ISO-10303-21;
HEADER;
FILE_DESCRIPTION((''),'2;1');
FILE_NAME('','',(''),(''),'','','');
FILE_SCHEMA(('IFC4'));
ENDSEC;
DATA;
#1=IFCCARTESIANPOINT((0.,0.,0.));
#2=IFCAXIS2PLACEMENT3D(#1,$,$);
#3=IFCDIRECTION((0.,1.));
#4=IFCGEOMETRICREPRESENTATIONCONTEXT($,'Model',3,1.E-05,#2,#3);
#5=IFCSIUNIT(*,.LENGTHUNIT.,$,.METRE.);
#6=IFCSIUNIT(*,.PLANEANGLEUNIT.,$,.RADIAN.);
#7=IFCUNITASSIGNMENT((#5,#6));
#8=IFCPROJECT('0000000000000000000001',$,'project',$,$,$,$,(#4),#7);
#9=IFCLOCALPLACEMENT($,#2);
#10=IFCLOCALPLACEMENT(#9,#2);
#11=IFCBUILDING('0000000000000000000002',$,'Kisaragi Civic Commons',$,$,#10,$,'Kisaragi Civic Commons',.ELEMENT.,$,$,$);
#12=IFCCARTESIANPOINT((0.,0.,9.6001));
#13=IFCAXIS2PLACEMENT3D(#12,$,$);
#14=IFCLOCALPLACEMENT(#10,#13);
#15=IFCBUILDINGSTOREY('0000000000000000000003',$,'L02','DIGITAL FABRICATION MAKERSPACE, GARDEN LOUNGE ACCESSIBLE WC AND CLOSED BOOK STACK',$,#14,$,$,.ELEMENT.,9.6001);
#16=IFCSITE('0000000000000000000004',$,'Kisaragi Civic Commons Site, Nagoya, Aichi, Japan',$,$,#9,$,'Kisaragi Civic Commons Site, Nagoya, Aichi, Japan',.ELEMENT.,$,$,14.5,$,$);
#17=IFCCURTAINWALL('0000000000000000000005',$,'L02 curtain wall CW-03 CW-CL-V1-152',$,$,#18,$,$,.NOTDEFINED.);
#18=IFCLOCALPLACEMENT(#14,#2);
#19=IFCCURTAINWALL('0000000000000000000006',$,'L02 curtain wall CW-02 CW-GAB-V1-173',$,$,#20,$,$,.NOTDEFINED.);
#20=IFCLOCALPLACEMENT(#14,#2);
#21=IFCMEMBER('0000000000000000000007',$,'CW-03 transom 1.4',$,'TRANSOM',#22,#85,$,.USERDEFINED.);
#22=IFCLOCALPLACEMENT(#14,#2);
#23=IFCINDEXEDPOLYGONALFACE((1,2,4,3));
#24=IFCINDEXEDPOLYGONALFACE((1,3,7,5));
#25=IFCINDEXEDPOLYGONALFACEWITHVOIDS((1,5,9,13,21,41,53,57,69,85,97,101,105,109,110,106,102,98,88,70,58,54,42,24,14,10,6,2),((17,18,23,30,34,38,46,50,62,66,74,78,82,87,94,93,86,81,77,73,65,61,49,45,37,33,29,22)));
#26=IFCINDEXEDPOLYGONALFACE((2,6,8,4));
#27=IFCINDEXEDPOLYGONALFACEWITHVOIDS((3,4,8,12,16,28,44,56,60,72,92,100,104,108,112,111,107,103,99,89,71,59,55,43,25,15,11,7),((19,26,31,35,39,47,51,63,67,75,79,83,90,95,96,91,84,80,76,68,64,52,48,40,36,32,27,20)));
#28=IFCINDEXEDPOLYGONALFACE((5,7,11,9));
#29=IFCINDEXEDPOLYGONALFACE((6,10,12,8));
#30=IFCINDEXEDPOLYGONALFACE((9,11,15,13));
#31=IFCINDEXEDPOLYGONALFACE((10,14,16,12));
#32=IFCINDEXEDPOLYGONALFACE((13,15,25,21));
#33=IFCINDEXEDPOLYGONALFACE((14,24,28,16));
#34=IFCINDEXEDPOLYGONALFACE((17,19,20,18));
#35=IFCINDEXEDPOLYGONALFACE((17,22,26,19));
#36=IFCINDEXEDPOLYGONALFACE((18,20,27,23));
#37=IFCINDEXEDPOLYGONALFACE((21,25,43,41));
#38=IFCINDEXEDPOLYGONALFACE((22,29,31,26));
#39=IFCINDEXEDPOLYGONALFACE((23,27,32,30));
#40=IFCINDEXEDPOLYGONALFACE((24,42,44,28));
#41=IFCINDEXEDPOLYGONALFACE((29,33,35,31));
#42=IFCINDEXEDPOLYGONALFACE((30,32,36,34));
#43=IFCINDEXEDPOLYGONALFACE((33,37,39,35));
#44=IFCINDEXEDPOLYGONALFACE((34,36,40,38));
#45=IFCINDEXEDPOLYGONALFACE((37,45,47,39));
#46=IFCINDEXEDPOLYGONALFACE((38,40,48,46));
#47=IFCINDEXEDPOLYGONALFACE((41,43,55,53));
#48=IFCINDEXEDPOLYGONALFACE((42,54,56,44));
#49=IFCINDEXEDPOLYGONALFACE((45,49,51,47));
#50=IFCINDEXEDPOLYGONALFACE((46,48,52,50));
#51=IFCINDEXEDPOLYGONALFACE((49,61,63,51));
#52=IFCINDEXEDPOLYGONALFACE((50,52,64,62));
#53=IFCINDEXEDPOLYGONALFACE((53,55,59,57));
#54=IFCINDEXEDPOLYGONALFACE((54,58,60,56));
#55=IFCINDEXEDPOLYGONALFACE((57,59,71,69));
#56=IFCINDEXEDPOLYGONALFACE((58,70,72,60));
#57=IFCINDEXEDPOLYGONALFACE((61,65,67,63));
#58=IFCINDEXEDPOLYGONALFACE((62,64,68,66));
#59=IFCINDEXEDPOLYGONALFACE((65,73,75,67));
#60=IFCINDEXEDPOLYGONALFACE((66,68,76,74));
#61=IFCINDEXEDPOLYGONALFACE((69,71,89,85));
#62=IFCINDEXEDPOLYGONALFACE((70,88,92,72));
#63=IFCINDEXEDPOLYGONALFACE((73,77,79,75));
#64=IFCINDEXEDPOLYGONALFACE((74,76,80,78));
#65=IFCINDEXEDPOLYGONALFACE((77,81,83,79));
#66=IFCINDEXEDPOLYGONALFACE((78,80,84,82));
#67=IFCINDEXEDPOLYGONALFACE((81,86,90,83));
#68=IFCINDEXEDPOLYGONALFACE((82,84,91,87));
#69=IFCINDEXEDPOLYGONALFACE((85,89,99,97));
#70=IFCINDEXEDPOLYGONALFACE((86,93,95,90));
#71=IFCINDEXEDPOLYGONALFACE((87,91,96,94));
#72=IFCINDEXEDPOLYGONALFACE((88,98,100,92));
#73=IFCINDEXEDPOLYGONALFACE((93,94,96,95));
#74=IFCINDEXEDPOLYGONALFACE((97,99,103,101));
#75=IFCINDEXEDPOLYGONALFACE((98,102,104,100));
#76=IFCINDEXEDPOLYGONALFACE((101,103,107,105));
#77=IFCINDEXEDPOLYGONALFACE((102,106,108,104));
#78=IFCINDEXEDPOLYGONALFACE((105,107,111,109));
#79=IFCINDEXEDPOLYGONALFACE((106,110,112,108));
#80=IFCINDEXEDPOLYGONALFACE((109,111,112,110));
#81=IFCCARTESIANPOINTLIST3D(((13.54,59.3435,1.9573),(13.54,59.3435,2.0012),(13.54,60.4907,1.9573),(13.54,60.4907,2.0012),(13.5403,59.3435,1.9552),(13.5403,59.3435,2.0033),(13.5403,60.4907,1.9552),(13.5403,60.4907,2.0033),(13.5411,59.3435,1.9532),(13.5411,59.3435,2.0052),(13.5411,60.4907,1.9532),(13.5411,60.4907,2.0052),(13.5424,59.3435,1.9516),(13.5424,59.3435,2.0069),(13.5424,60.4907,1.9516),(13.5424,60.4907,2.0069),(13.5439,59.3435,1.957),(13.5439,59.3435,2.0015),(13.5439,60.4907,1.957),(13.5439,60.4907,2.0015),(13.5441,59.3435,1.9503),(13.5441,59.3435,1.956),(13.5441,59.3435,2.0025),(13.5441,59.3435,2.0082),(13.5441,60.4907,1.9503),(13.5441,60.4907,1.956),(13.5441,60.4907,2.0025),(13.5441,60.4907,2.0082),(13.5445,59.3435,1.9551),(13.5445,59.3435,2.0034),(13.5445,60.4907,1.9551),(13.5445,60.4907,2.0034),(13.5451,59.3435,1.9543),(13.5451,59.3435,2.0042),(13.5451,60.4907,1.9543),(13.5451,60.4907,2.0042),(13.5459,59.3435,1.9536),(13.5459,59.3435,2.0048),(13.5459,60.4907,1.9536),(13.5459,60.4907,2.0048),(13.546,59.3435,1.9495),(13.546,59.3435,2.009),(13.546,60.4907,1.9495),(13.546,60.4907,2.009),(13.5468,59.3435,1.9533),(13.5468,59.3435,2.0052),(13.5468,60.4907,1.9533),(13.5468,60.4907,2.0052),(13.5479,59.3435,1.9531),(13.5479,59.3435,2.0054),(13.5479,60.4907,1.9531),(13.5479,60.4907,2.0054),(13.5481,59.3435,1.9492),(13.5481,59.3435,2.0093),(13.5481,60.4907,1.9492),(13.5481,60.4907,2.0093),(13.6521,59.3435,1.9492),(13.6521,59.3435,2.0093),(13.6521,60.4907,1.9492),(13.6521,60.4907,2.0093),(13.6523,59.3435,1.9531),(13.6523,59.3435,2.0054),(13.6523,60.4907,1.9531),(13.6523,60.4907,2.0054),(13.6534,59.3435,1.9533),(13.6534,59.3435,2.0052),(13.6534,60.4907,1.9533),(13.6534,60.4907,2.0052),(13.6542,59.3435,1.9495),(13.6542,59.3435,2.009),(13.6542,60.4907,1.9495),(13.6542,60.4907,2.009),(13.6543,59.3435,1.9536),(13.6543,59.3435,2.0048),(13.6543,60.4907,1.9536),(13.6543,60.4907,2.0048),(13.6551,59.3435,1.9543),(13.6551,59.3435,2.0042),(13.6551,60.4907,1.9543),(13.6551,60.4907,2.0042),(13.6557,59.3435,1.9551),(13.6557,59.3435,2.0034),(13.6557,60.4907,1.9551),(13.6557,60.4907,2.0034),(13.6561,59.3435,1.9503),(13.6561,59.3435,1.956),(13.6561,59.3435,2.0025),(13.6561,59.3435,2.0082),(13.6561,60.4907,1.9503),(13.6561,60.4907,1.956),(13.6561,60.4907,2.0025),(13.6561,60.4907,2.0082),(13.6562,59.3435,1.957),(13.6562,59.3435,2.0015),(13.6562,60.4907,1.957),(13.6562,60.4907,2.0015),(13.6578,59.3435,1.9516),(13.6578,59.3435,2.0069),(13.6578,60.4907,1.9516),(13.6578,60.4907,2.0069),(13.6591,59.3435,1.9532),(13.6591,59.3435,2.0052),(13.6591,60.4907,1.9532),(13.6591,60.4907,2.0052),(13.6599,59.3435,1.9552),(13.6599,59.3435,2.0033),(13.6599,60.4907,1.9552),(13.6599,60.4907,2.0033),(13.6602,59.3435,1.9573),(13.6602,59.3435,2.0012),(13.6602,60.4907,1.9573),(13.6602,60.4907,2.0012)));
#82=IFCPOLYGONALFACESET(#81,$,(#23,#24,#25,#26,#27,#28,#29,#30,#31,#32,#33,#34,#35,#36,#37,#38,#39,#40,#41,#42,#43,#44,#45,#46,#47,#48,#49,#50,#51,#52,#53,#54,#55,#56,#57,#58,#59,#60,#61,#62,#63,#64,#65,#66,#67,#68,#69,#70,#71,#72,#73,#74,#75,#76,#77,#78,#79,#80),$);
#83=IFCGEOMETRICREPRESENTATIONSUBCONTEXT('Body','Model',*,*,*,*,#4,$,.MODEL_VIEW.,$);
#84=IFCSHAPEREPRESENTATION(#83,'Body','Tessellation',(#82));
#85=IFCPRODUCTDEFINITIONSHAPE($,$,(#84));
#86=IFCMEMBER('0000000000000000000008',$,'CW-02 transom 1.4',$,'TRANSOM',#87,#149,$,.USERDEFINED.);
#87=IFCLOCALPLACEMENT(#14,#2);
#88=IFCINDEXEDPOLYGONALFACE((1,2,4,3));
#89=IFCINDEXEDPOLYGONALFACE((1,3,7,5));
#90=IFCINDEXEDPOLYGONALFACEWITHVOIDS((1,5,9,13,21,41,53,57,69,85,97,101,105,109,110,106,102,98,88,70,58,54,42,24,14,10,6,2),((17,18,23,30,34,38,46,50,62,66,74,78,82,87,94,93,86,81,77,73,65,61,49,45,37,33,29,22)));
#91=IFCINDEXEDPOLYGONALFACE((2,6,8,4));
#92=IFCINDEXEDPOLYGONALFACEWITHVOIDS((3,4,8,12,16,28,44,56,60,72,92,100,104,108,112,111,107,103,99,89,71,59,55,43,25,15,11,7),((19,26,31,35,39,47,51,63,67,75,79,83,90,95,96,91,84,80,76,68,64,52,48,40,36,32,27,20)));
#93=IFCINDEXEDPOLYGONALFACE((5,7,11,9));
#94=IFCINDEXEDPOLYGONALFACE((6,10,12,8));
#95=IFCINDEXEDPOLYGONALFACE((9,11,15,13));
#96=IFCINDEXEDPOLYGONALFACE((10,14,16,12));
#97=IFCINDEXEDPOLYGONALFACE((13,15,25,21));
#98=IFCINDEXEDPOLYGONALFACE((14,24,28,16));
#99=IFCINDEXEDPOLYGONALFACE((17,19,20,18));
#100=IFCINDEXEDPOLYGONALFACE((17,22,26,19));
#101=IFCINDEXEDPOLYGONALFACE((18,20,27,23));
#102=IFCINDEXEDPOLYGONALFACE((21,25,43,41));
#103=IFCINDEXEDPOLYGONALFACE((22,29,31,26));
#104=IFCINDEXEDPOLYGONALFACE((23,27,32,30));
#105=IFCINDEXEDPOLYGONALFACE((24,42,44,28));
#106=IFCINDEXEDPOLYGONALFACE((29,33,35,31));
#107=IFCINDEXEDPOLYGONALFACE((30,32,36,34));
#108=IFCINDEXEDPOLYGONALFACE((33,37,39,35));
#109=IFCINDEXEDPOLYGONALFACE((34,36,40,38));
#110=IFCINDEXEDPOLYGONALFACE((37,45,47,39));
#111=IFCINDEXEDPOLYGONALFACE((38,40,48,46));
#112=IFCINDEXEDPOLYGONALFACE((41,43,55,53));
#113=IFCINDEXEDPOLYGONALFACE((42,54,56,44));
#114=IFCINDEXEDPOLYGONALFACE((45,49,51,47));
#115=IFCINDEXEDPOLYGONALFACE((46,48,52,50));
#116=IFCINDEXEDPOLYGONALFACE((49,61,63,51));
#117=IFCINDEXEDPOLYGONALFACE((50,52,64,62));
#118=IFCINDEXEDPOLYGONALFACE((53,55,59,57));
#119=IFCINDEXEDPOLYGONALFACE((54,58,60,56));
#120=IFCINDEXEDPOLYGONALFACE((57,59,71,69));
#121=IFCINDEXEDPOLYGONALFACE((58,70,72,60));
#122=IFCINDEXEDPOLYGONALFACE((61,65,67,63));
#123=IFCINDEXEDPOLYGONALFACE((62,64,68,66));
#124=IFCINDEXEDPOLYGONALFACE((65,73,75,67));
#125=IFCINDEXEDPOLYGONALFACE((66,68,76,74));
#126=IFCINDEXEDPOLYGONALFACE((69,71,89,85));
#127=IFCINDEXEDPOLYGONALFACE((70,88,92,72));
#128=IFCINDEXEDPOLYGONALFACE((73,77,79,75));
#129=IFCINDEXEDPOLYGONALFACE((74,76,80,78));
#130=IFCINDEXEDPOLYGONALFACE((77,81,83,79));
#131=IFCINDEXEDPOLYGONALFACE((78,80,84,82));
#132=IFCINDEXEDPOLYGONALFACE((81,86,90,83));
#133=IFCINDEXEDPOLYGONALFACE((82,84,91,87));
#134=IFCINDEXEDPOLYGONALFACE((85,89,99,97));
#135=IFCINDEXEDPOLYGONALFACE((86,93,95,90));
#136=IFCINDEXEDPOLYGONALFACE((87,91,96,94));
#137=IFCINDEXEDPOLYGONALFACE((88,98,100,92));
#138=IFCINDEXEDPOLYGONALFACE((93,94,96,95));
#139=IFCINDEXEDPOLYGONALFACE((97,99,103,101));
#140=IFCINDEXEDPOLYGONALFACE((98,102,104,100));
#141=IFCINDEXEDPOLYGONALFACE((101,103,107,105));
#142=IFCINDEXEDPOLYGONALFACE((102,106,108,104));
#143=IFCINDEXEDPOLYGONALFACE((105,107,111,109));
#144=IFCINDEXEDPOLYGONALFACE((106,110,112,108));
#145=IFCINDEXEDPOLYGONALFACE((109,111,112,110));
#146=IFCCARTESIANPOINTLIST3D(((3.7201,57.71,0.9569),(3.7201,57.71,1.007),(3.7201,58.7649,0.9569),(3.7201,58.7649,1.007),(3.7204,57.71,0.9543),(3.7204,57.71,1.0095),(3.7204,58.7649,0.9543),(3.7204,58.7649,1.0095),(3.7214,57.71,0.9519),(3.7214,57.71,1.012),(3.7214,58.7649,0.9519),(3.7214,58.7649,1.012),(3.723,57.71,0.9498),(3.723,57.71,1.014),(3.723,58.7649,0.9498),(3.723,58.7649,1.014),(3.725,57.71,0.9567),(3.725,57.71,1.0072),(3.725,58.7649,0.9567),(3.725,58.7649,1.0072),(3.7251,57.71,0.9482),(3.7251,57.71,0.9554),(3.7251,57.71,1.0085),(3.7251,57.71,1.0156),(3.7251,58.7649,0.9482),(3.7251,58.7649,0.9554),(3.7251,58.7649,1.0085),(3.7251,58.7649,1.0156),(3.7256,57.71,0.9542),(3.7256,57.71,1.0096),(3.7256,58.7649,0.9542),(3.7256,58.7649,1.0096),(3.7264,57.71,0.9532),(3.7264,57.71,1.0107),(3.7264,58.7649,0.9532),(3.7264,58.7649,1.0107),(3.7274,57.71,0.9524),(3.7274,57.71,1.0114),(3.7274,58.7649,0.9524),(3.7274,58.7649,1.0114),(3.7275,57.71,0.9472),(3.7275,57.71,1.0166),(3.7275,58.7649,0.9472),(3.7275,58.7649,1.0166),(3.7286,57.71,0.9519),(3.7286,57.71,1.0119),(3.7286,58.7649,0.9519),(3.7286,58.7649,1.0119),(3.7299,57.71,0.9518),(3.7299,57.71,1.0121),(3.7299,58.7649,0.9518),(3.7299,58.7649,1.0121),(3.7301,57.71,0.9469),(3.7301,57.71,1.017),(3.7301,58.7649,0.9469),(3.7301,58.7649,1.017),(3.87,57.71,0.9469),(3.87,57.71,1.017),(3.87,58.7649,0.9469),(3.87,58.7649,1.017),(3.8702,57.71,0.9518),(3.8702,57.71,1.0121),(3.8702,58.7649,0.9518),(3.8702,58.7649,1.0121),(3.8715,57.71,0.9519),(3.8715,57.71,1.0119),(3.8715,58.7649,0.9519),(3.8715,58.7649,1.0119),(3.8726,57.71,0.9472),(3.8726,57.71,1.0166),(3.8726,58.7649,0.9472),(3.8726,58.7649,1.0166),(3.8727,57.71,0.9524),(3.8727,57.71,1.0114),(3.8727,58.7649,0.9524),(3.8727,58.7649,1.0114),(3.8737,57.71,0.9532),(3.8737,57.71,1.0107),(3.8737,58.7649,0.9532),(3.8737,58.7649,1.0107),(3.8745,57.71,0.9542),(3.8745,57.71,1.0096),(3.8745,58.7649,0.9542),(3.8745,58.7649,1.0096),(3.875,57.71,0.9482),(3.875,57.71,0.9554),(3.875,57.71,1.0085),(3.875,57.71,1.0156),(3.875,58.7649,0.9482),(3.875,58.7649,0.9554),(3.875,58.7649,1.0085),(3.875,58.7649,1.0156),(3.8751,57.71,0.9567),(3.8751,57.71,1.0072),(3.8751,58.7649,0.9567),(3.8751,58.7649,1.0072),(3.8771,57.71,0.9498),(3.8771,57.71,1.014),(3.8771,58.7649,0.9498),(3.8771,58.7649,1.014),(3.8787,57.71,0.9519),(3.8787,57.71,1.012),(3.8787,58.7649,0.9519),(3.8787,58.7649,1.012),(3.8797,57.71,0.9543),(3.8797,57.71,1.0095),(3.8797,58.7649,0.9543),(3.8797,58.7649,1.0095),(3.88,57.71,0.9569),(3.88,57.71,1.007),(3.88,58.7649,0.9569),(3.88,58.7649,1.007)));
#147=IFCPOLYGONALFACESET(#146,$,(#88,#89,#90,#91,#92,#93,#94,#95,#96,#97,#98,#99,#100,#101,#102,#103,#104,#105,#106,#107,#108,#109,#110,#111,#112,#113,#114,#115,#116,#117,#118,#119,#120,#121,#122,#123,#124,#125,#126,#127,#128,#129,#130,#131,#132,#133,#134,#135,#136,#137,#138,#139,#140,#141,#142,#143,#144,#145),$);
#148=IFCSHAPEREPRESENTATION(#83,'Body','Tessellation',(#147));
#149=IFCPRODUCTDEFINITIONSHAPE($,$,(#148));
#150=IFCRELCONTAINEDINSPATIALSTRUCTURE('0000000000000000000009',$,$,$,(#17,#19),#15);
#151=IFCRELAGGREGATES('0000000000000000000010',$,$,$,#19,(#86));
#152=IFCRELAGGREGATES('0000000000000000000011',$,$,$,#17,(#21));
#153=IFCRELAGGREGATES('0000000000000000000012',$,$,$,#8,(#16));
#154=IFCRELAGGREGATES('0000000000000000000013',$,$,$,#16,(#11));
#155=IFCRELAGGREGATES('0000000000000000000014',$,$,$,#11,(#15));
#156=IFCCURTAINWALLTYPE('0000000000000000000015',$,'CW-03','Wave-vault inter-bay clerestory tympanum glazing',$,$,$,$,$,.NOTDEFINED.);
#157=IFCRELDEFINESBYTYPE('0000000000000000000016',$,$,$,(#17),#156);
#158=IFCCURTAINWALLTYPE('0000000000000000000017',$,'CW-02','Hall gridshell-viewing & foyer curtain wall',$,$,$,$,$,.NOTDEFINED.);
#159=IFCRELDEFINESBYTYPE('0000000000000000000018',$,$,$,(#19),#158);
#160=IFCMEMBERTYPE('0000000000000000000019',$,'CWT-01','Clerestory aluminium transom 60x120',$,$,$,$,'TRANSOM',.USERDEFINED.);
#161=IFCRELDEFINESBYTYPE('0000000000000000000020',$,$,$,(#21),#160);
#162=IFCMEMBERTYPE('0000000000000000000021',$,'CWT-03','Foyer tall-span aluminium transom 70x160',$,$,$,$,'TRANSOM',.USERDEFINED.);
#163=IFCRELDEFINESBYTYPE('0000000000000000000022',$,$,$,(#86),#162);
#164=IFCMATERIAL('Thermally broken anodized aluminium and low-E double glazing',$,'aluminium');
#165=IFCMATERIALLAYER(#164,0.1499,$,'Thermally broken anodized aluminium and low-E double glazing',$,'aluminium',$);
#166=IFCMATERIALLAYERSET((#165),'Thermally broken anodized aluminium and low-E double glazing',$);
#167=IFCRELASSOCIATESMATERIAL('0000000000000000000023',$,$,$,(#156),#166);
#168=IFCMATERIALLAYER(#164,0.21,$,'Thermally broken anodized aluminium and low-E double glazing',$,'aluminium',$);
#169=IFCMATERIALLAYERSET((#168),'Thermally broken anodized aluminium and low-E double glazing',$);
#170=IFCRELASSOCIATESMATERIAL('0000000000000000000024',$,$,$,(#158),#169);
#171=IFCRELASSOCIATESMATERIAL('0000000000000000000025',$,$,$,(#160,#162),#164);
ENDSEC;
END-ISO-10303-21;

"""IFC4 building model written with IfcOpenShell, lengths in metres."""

from ifc_helpers import new_model, si_unit, direction, frame, origin, origin_2d, place, context, subcontext, project, spatial, hollow_rectangle, extrude, material, layer, layer_set, material_profile, profile_set, type_object, element, aggregate, save


model = new_model("IFC4")

# Units and contexts
model_context = context("Model", 3, precision=1e-05, world=origin(), true_north=direction((0.0, 1.0)))
body_context = subcontext(model_context, "Body", "Model", "MODEL_VIEW")
ifc_project = project(units=[si_unit("LENGTHUNIT", "METRE"), si_unit("PLANEANGLEUNIT", "RADIAN")], contexts=[model_context])

# Site, building, storey
site_placement = place(None, origin())
site = spatial("IfcSite", under=ifc_project, at=site_placement, Name="Kisaragi Civic Commons Site, Nagoya, Aichi, Japan", LongName="Kisaragi Civic Commons Site, Nagoya, Aichi, Japan", CompositionType="ELEMENT", RefElevation=14.5)
building_placement = place(site_placement, origin())
building = spatial("IfcBuilding", under=site, at=building_placement, Name="Kisaragi Civic Commons", LongName="Kisaragi Civic Commons", CompositionType="ELEMENT")
storey_placement = place(building_placement, frame((0.0, 0.0, 9.6001)))
storey = spatial("IfcBuildingStorey", under=building, at=storey_placement, Name="L02", Description="DIGITAL FABRICATION MAKERSPACE, GARDEN LOUNGE ACCESSIBLE WC AND CLOSED BOOK STACK", CompositionType="ELEMENT", Elevation=9.6001)

# Curtain walls
ifc_material_1 = material(Name="Thermally broken anodized aluminium and low-E double glazing", Category="aluminium")
ifc_layer_1 = layer(ifc_material_1, 0.1499, Name="Thermally broken anodized aluminium and low-E double glazing", Category="aluminium")
ifc_layer_set_1 = layer_set([ifc_layer_1], Name="Thermally broken anodized aluminium and low-E double glazing")
curtain_wall_type_1 = type_object("IfcCurtainWallType", Name="CW-03", Description="Wave-vault inter-bay clerestory tympanum glazing", PredefinedType="NOTDEFINED", material=ifc_layer_set_1)
curtain_wall_1_placement = place(storey_placement, origin())
curtain_wall_1 = element("IfcCurtainWall", 1, at=curtain_wall_1_placement, inside=storey, type_object=curtain_wall_type_1, Name="L02 curtain wall CW-03 CW-CL-V1-152", PredefinedType="NOTDEFINED")
ifc_layer_2 = layer(ifc_material_1, 0.21, Name="Thermally broken anodized aluminium and low-E double glazing", Category="aluminium")
ifc_layer_set_2 = layer_set([ifc_layer_2], Name="Thermally broken anodized aluminium and low-E double glazing")
curtain_wall_type_2 = type_object("IfcCurtainWallType", Name="CW-02", Description="Hall gridshell-viewing & foyer curtain wall", PredefinedType="NOTDEFINED", material=ifc_layer_set_2)
curtain_wall_2_placement = place(storey_placement, origin())
curtain_wall_2 = element("IfcCurtainWall", 2, at=curtain_wall_2_placement, inside=storey, type_object=curtain_wall_type_2, Name="L02 curtain wall CW-02 CW-GAB-V1-173", PredefinedType="NOTDEFINED")

# Members
ifc_material_profile_1 = material_profile(ifc_material_1, hollow_rectangle(XDim=0.1201, YDim=0.0601, WallThickness=0.0039, InnerFilletRadius=0.0039, OuterFilletRadius=0.0081, at=origin_2d()), Name="CWT-60x120x4", Category="aluminium")
ifc_profile_set_1 = profile_set([ifc_material_profile_1], Name="Thermally broken anodized aluminium and low-E double glazing")
member_type_1 = type_object("IfcMemberType", Name="CWT-01", Description="Clerestory aluminium transom 60x120", ElementType="TRANSOM", PredefinedType="USERDEFINED", material=ifc_profile_set_1)
member_1_placement = place(storey_placement, frame((13.6001, 59.3435, 1.9792), z_axis=(0.0, 1.0, 0.0), x_axis=(-1.0, 0.0, 0.0)))
member_1 = element("IfcMember", 3, at=member_1_placement, type_object=member_type_1, Name="CW-03 transom 1.4", ObjectType="TRANSOM", PredefinedType="USERDEFINED", context=body_context, shape_type="SweptSolid", body=[
    extrude(hollow_rectangle(XDim=0.1201, YDim=0.0601, WallThickness=0.0039, InnerFilletRadius=0.0039, OuterFilletRadius=0.0081, at=origin_2d()), origin(), (0.0, 0.0, 1.0), 1.1472),
])
ifc_material_profile_2 = material_profile(ifc_material_1, hollow_rectangle(XDim=0.1599, YDim=0.0701, WallThickness=0.0049, InnerFilletRadius=0.0049, OuterFilletRadius=0.01, at=origin_2d()), Name="CWT-70x160x5", Category="aluminium")
ifc_profile_set_2 = profile_set([ifc_material_profile_2], Name="Thermally broken anodized aluminium and low-E double glazing")
member_type_2 = type_object("IfcMemberType", Name="CWT-03", Description="Foyer tall-span aluminium transom 70x160", ElementType="TRANSOM", PredefinedType="USERDEFINED", material=ifc_profile_set_2)
member_2_placement = place(storey_placement, frame((3.8, 57.71, 0.9819), z_axis=(0.0, 1.0, 0.0), x_axis=(-1.0, 0.0, 0.0)))
member_2 = element("IfcMember", 4, at=member_2_placement, type_object=member_type_2, Name="CW-02 transom 1.4", ObjectType="TRANSOM", PredefinedType="USERDEFINED", context=body_context, shape_type="SweptSolid", body=[
    extrude(hollow_rectangle(XDim=0.1599, YDim=0.0701, WallThickness=0.0049, InnerFilletRadius=0.0049, OuterFilletRadius=0.01, at=origin_2d()), origin(), (0.0, 0.0, 1.0), 1.0549),
])

aggregate(curtain_wall_2, [member_2])
aggregate(curtain_wall_1, [member_1])

save(model, "model.ifc")
